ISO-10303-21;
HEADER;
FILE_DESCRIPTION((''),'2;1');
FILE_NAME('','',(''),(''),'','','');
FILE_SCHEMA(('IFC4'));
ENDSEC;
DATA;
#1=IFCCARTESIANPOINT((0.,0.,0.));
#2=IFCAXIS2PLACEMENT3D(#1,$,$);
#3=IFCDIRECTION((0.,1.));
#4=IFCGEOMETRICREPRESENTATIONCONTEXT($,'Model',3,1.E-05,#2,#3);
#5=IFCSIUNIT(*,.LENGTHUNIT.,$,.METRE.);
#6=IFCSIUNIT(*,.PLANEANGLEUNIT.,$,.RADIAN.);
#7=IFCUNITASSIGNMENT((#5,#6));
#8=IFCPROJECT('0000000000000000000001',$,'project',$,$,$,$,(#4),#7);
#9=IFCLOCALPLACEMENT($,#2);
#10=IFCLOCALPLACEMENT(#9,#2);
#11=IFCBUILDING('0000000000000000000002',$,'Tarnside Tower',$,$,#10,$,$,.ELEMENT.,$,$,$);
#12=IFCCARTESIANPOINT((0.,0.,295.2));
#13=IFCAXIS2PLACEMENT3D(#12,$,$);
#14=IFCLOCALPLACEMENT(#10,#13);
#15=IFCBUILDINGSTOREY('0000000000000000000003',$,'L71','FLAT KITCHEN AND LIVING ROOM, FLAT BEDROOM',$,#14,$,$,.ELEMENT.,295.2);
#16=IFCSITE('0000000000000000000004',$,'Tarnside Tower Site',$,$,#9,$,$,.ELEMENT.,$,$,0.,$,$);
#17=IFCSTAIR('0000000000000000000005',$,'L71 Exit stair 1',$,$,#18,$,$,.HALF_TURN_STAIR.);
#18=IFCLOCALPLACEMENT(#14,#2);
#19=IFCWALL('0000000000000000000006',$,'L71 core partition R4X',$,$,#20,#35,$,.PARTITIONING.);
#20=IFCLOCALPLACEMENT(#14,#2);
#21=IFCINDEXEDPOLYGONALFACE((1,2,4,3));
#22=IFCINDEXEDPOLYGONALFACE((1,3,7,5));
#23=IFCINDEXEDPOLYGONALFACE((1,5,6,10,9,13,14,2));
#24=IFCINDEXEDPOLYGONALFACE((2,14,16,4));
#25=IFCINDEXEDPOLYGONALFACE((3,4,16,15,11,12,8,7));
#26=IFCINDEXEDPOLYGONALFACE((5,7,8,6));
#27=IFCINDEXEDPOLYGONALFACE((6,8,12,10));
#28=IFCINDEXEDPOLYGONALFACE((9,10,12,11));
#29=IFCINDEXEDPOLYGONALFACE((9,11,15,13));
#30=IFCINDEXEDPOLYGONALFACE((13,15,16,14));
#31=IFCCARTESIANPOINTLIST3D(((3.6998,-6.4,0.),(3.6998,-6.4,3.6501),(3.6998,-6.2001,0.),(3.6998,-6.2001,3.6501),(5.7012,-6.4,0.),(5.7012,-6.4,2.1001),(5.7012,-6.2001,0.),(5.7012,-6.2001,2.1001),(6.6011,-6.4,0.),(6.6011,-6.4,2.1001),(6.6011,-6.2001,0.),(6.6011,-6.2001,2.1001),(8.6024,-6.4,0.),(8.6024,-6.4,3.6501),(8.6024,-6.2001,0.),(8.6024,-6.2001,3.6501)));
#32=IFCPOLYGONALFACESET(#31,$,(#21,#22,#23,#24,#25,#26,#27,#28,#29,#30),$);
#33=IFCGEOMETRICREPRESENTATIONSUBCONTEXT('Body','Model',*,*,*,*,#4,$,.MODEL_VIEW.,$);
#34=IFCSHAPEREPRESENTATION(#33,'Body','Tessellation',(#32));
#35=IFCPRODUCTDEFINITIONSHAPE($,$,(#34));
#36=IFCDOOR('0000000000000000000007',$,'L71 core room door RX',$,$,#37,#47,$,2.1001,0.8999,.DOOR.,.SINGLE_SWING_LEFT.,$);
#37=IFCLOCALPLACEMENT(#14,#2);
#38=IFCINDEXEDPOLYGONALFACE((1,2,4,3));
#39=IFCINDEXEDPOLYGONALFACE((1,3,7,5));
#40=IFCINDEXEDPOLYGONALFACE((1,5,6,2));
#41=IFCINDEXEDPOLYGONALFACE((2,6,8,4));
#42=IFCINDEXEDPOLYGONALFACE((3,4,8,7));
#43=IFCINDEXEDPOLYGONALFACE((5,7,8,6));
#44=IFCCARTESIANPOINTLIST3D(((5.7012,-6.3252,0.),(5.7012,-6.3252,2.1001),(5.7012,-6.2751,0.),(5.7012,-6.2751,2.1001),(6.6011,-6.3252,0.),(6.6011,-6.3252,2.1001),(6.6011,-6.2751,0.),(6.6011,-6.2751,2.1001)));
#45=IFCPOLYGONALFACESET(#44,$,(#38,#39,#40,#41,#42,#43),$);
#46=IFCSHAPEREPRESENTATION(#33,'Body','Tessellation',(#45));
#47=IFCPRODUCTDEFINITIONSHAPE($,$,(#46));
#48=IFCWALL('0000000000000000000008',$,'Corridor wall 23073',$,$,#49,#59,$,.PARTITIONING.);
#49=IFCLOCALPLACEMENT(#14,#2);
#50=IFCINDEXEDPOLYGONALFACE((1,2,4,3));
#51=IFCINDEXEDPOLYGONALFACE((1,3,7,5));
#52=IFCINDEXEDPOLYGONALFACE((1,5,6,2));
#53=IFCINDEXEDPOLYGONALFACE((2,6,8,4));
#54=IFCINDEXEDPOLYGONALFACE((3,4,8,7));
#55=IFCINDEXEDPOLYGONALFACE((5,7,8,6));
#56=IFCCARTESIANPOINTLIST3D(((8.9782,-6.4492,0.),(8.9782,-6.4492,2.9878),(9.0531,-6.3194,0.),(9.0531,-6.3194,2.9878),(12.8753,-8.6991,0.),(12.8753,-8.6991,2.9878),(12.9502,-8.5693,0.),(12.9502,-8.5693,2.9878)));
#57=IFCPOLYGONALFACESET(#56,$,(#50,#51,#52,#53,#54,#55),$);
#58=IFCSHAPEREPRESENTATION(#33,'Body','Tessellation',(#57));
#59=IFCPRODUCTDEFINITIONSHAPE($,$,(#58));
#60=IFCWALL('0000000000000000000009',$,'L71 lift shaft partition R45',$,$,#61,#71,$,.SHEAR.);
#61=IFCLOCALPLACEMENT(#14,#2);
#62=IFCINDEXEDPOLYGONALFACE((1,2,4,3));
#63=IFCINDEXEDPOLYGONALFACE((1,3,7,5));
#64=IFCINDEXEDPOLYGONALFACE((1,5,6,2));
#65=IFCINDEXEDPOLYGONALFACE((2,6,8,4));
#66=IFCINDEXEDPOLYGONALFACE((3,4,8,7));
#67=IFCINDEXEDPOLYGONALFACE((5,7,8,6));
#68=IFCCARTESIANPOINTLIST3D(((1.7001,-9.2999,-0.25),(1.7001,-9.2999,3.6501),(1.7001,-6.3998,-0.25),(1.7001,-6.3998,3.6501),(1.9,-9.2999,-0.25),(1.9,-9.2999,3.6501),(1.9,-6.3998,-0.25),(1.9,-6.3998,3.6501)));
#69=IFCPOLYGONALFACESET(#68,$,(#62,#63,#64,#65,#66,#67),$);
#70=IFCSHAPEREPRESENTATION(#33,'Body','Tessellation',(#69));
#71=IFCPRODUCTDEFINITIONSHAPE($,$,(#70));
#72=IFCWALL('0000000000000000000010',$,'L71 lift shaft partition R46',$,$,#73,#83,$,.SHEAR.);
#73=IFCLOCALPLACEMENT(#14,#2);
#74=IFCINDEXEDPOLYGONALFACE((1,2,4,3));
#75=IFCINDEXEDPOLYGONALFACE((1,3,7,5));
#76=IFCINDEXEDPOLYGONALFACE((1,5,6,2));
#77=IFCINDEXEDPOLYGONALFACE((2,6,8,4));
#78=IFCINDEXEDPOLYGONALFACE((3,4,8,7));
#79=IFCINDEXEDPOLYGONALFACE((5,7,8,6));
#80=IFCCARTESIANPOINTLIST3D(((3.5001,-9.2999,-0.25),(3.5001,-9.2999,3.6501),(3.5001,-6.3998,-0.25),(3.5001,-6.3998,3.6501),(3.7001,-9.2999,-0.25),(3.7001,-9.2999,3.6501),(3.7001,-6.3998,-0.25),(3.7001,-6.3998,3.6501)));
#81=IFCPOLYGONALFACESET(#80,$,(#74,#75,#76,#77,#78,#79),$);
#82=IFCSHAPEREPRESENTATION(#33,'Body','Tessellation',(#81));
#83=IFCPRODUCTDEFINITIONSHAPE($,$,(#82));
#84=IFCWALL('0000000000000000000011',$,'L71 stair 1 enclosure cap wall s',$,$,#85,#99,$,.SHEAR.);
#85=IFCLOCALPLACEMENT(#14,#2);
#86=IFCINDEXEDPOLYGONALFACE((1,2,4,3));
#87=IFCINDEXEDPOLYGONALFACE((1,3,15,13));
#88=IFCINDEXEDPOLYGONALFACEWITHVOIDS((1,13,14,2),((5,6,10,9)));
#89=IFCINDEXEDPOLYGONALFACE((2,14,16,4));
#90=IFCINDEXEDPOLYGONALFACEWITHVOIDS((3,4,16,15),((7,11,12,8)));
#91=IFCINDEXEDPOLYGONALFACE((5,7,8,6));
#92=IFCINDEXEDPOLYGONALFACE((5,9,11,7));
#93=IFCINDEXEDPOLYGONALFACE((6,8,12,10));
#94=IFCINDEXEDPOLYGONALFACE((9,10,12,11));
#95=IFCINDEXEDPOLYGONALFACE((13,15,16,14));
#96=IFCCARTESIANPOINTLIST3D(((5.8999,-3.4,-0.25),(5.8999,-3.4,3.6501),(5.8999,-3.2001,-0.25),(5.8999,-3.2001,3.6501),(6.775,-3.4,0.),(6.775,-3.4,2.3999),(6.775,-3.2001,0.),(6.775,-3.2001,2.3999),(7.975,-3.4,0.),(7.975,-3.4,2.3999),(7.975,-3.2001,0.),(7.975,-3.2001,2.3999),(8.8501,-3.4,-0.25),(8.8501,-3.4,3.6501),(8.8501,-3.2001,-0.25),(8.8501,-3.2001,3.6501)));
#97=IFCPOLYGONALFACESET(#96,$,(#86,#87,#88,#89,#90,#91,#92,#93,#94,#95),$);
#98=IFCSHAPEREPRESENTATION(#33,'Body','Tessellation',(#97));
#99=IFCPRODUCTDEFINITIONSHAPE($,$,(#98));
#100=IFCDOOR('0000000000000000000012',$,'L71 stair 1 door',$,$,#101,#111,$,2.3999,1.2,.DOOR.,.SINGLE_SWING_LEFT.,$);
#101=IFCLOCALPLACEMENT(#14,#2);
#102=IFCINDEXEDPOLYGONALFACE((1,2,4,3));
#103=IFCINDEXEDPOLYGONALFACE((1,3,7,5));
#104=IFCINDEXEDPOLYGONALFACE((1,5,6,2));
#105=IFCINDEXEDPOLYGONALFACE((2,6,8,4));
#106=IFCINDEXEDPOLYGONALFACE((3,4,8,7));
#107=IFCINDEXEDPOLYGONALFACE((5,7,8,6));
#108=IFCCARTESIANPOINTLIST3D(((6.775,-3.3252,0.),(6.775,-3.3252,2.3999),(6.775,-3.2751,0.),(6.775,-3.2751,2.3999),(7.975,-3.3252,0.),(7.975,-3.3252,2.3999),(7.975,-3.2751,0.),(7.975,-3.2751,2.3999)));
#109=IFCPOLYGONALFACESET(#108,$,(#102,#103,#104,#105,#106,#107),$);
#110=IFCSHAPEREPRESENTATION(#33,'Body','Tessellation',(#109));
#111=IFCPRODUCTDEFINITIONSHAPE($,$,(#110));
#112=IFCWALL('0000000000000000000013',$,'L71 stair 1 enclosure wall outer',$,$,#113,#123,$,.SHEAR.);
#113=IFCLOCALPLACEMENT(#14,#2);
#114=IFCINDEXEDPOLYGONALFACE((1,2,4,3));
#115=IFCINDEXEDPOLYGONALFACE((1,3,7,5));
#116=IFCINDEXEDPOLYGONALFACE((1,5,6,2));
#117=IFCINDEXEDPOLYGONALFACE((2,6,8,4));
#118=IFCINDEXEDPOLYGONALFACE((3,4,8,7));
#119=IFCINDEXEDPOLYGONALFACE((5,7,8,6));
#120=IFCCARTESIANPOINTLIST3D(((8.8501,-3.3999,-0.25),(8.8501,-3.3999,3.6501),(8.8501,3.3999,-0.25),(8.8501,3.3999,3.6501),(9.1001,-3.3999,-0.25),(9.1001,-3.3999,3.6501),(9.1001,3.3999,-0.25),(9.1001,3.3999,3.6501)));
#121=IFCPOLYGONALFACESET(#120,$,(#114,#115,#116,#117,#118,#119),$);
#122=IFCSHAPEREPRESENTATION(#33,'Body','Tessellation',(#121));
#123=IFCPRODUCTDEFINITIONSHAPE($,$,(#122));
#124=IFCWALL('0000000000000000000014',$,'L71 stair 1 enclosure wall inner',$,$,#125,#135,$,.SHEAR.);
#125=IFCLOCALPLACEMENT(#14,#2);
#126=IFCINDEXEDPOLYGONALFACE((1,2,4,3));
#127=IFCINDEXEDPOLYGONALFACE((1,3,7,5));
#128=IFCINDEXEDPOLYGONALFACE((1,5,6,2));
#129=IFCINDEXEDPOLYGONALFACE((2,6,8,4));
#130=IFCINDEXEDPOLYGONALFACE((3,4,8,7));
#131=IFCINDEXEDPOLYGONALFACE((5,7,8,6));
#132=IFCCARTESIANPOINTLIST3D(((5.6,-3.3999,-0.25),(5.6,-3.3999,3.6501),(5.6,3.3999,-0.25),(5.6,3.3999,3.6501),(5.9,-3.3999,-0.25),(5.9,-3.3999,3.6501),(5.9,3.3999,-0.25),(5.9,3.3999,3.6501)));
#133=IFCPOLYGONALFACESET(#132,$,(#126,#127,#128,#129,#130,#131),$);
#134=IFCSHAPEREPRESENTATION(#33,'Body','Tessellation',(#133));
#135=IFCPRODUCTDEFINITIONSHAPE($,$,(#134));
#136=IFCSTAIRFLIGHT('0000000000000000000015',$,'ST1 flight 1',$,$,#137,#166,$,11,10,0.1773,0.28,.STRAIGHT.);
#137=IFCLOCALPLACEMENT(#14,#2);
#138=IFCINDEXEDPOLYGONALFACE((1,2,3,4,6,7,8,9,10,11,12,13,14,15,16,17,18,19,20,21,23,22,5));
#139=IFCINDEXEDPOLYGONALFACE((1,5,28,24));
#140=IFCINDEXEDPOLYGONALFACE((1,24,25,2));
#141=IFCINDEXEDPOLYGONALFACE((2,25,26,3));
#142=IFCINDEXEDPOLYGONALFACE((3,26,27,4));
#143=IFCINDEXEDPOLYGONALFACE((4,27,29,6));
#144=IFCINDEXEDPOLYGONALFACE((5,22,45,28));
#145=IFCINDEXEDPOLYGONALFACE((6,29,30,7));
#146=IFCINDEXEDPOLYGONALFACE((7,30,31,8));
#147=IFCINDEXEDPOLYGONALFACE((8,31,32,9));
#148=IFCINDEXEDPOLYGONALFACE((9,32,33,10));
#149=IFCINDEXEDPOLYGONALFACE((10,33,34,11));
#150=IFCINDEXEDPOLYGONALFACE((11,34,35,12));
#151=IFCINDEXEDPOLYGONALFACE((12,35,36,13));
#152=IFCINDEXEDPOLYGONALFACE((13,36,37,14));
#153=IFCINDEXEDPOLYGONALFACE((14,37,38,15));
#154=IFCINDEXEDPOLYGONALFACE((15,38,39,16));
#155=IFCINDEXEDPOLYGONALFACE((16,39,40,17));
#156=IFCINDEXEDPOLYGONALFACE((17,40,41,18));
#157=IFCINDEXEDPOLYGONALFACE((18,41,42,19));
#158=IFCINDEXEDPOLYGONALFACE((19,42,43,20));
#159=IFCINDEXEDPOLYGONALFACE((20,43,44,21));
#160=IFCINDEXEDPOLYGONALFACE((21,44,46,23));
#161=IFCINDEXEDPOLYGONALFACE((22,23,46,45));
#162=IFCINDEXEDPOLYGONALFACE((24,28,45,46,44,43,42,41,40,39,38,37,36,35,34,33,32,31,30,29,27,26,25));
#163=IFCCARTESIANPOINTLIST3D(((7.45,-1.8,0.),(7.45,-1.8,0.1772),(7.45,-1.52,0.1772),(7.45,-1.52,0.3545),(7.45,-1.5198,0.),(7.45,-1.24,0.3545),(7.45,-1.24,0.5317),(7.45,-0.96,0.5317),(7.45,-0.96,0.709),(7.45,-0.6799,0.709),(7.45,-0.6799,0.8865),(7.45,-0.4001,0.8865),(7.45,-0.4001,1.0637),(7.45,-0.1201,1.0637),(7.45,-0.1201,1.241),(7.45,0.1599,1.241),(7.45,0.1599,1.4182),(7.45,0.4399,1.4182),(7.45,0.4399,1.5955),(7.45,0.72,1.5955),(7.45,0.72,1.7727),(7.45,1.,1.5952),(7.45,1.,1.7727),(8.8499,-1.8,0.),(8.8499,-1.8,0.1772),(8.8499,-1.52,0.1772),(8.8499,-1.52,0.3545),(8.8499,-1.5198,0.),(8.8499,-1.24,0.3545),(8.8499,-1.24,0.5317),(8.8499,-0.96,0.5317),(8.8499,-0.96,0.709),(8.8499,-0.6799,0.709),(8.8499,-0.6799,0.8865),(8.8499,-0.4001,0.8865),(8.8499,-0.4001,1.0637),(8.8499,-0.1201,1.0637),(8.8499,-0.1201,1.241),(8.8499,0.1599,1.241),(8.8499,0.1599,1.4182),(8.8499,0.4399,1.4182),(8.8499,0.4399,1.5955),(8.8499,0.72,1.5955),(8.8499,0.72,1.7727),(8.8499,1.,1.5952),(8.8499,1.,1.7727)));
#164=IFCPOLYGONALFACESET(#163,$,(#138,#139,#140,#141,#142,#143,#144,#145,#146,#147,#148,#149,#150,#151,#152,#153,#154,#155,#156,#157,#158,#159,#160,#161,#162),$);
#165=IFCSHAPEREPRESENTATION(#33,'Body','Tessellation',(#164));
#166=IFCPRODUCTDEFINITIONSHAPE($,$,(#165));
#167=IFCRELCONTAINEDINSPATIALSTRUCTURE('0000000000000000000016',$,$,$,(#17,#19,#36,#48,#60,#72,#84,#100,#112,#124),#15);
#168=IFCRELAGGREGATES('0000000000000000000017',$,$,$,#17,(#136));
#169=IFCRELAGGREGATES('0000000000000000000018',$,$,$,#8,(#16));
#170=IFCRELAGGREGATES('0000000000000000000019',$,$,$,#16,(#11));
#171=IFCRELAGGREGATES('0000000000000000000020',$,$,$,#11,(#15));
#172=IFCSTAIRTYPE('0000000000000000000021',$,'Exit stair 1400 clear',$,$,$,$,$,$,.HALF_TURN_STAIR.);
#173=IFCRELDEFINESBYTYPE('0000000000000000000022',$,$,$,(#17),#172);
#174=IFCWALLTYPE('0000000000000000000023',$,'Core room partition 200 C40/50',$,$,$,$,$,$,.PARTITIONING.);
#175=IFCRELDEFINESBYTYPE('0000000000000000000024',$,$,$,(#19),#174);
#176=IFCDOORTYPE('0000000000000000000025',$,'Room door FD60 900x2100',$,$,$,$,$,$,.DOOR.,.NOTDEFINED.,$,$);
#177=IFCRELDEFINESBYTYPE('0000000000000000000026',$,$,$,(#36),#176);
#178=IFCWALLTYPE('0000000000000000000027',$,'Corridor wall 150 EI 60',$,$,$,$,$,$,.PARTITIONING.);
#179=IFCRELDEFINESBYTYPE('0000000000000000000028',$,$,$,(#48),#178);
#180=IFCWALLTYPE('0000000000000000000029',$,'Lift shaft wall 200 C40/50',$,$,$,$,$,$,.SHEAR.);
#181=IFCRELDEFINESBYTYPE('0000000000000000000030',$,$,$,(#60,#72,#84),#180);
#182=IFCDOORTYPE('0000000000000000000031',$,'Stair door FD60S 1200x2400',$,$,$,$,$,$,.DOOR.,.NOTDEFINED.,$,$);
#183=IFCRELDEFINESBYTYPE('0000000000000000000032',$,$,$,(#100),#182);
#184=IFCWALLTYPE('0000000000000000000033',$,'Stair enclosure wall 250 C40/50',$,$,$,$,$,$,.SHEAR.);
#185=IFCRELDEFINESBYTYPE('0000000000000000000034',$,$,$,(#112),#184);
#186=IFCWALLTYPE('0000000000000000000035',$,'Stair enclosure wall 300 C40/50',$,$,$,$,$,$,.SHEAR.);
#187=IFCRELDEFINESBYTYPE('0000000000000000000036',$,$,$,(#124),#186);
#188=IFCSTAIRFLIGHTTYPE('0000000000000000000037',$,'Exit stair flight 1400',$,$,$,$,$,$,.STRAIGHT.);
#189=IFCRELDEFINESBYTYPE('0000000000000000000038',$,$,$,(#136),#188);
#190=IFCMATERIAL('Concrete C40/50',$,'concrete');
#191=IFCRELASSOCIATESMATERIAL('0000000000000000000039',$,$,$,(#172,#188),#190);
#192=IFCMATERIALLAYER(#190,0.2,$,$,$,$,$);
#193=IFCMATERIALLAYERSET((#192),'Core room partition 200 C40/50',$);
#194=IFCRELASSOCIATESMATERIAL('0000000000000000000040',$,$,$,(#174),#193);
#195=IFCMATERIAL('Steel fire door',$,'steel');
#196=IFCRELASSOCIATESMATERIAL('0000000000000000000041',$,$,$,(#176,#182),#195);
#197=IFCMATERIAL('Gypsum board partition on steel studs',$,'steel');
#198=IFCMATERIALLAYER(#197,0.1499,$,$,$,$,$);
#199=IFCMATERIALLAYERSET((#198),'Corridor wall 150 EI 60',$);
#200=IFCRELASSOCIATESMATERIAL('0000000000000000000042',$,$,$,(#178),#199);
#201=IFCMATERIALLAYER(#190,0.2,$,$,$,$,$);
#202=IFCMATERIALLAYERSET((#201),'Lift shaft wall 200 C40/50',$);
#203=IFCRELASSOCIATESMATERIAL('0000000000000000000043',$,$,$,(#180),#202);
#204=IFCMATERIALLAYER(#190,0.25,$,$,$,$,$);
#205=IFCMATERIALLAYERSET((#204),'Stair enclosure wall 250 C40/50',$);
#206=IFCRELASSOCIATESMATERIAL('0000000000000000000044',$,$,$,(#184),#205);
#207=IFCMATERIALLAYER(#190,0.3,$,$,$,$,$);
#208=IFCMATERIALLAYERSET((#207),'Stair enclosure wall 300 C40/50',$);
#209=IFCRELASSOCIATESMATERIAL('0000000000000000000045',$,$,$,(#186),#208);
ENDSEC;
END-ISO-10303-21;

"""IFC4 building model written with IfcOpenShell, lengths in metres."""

from ifc_helpers import new_model, si_unit, direction, frame, frame_2d, origin, place, context, subcontext, project, spatial, polyline, rectangle, outline, extrude, material, layer, layer_set, type_object, element, fill, aggregate, save


model = new_model("IFC4")

# Units and contexts
model_context = context("Model", 3, precision=1e-05, world=origin(), true_north=direction((0.0, 1.0)))
body_context = subcontext(model_context, "Body", "Model", "MODEL_VIEW")
ifc_project = project(units=[si_unit("LENGTHUNIT", "METRE"), si_unit("PLANEANGLEUNIT", "RADIAN")], contexts=[model_context])

# Site, building, storey
site_placement = place(None, origin())
site = spatial("IfcSite", under=ifc_project, at=site_placement, Name="Tarnside Tower Site", CompositionType="ELEMENT", RefElevation=0.0)
building_placement = place(site_placement, origin())
building = spatial("IfcBuilding", under=site, at=building_placement, Name="Tarnside Tower", CompositionType="ELEMENT")
storey_placement = place(building_placement, frame((0.0, 0.0, 295.2)))
storey = spatial("IfcBuildingStorey", under=building, at=storey_placement, Name="L71", Description="FLAT KITCHEN AND LIVING ROOM, FLAT BEDROOM", CompositionType="ELEMENT", Elevation=295.2)

# Stair
ifc_material_1 = material(Name="Concrete C40/50", Category="concrete")
stair_type = type_object("IfcStairType", Name="Exit stair 1400 clear", PredefinedType="HALF_TURN_STAIR", material=ifc_material_1)
stair_placement = place(storey_placement, origin())
stair = element("IfcStair", 1, at=stair_placement, inside=storey, type_object=stair_type, Name="L71 Exit stair 1", PredefinedType="HALF_TURN_STAIR")

# Shared definitions
ifc_layer_1 = layer(ifc_material_1, 0.2)
ifc_layer_set_1 = layer_set([ifc_layer_1], Name="Core room partition 200 C40/50")
wall_type_1 = type_object("IfcWallType", Name="Core room partition 200 C40/50", PredefinedType="PARTITIONING", material=ifc_layer_set_1)
ifc_material_2 = material(Name="Steel fire door", Category="steel")
door_type_1 = type_object("IfcDoorType", Name="Room door FD60 900x2100", OperationType="NOTDEFINED", PredefinedType="DOOR", material=ifc_material_2)

# Wall, opening, door
wall_1_placement = place(storey_placement, frame((3.7, -6.3, 0.0), z_axis=(0.0, 0.0, 1.0), x_axis=(1.0, 0.0, 0.0)))
wall_1 = element("IfcWall", 2, at=wall_1_placement, inside=storey, type_object=wall_type_1, Name="L71 core partition R4X", PredefinedType="PARTITIONING", context=body_context, shape_type="SweptSolid", body=[
    extrude(rectangle(XDim=4.9026, YDim=0.2, at=frame_2d((2.4512, 0.0))), origin(), (0.0, 0.0, 1.0), 3.6501),
])
opening_1_placement = place(wall_1_placement, frame((2.0012, 0.0, 0.0)))
opening_1 = element("IfcOpeningElement", 3, at=opening_1_placement, cuts=wall_1, PredefinedType="OPENING", context=body_context, shape_type="SweptSolid", body=[
    extrude(rectangle(XDim=0.8999, YDim=2.1001, at=frame_2d((0.45, 1.05))), frame((0.0, 0.1099, 0.0), z_axis=(0.0, -1.0, 0.0), x_axis=(1.0, 0.0, 0.0)), (0.0, 0.0, 1.0), 0.22),
])
door_1_placement = place(opening_1_placement, origin())
door_1 = element("IfcDoor", 4, at=door_1_placement, inside=storey, type_object=door_type_1, Name="L71 core room door RX", OperationType="SINGLE_SWING_LEFT", OverallHeight=2.1001, OverallWidth=0.8999, PredefinedType="DOOR", context=body_context, shape_type="SweptSolid", body=[
    extrude(rectangle(XDim=0.8999, YDim=2.1001, at=frame_2d((0.45, 1.05))), frame((0.0, 0.0249, 0.0), z_axis=(0.0, -1.0, 0.0), x_axis=(1.0, 0.0, 0.0)), (0.0, 0.0, 1.0), 0.05),
])
fill(opening_1, door_1)

# Walls
ifc_material_3 = material(Name="Gypsum board partition on steel studs", Category="steel")
ifc_layer_2 = layer(ifc_material_3, 0.1499)
ifc_layer_set_2 = layer_set([ifc_layer_2], Name="Corridor wall 150 EI 60")
wall_type_2 = type_object("IfcWallType", Name="Corridor wall 150 EI 60", PredefinedType="PARTITIONING", material=ifc_layer_set_2)
wall_2_placement = place(storey_placement, frame((9.0156, -6.3843, 0.0), z_axis=(0.0, 0.0, 1.0), x_axis=(0.866031, -0.49999, 0.0)))
element("IfcWall", 5, at=wall_2_placement, inside=storey, type_object=wall_type_2, Name="Corridor wall 23073", PredefinedType="PARTITIONING", context=body_context, shape_type="SweptSolid", body=[
    extrude(rectangle(XDim=4.5, YDim=0.1499, at=frame_2d((2.25, 0.0))), origin(), (0.0, 0.0, 1.0), 2.9878),
])
ifc_layer_3 = layer(ifc_material_1, 0.2)
ifc_layer_set_3 = layer_set([ifc_layer_3], Name="Lift shaft wall 200 C40/50")
wall_type_3 = type_object("IfcWallType", Name="Lift shaft wall 200 C40/50", PredefinedType="SHEAR", material=ifc_layer_set_3)
for number, where, z_axis, x_axis, name in (
    (6, (1.8, -9.3, -0.25), (0.0, 0.0, 1.0), (0.0, 1.0, 0.0), "L71 lift shaft partition R45"),
    (7, (3.6001, -9.3, -0.25), (0.0, 0.0, 1.0), (0.0, 1.0, 0.0), "L71 lift shaft partition R46"),
):
    element("IfcWall", number, at=place(storey_placement, frame(where, z_axis=z_axis, x_axis=x_axis)), inside=storey, type_object=wall_type_3, Name=name, PredefinedType="SHEAR", context=body_context, shape_type="SweptSolid", body=[
        extrude(rectangle(XDim=2.9001, YDim=0.2, at=frame_2d((1.4502, 0.0))), origin(), (0.0, 0.0, 1.0), 3.9001),
    ])

# Wall, opening, door
wall_3_placement = place(storey_placement, frame((5.8999, -3.3, -0.25), z_axis=(0.0, 0.0, 1.0), x_axis=(1.0, 0.0, 0.0)))
wall_3 = element("IfcWall", 8, at=wall_3_placement, inside=storey, type_object=wall_type_3, Name="L71 stair 1 enclosure cap wall s", PredefinedType="SHEAR", context=body_context, shape_type="SweptSolid", body=[
    extrude(rectangle(XDim=2.9502, YDim=0.2, at=frame_2d((1.4751, 0.0))), origin(), (0.0, 0.0, 1.0), 3.9001),
])
opening_2_placement = place(wall_3_placement, frame((0.875, 0.0, 0.25)))
opening_2 = element("IfcOpeningElement", 9, at=opening_2_placement, cuts=wall_3, PredefinedType="OPENING", context=body_context, shape_type="SweptSolid", body=[
    extrude(rectangle(XDim=1.2, YDim=2.3999, at=frame_2d((0.6001, 1.2))), frame((0.0, 0.1099, 0.0), z_axis=(0.0, -1.0, 0.0), x_axis=(1.0, 0.0, 0.0)), (0.0, 0.0, 1.0), 0.22),
])
door_type_2 = type_object("IfcDoorType", Name="Stair door FD60S 1200x2400", OperationType="NOTDEFINED", PredefinedType="DOOR", material=ifc_material_2)
door_2_placement = place(opening_2_placement, origin())
door_2 = element("IfcDoor", 10, at=door_2_placement, inside=storey, type_object=door_type_2, Name="L71 stair 1 door", OperationType="SINGLE_SWING_LEFT", OverallHeight=2.3999, OverallWidth=1.2, PredefinedType="DOOR", context=body_context, shape_type="SweptSolid", body=[
    extrude(rectangle(XDim=1.2, YDim=2.3999, at=frame_2d((0.6001, 1.2))), frame((0.0, 0.0249, 0.0), z_axis=(0.0, -1.0, 0.0), x_axis=(1.0, 0.0, 0.0)), (0.0, 0.0, 1.0), 0.05),
])
fill(opening_2, door_2)

# Walls
ifc_layer_4 = layer(ifc_material_1, 0.25)
ifc_layer_set_4 = layer_set([ifc_layer_4], Name="Stair enclosure wall 250 C40/50")
wall_type_4 = type_object("IfcWallType", Name="Stair enclosure wall 250 C40/50", PredefinedType="SHEAR", material=ifc_layer_set_4)
wall_4_placement = place(storey_placement, frame((8.9751, -3.3999, -0.25), z_axis=(0.0, 0.0, 1.0), x_axis=(0.0, 1.0, 0.0)))
element("IfcWall", 11, at=wall_4_placement, inside=storey, type_object=wall_type_4, Name="L71 stair 1 enclosure wall outer", PredefinedType="SHEAR", context=body_context, shape_type="SweptSolid", body=[
    extrude(rectangle(XDim=6.7998, YDim=0.25, at=frame_2d((3.3999, 0.0))), origin(), (0.0, 0.0, 1.0), 3.9001),
])
ifc_layer_5 = layer(ifc_material_1, 0.3)
ifc_layer_set_5 = layer_set([ifc_layer_5], Name="Stair enclosure wall 300 C40/50")
wall_type_5 = type_object("IfcWallType", Name="Stair enclosure wall 300 C40/50", PredefinedType="SHEAR", material=ifc_layer_set_5)
wall_5_placement = place(storey_placement, frame((5.75, -3.3999, -0.25), z_axis=(0.0, 0.0, 1.0), x_axis=(0.0, 1.0, 0.0)))
element("IfcWall", 12, at=wall_5_placement, inside=storey, type_object=wall_type_5, Name="L71 stair 1 enclosure wall inner", PredefinedType="SHEAR", context=body_context, shape_type="SweptSolid", body=[
    extrude(rectangle(XDim=6.7998, YDim=0.3, at=frame_2d((3.3999, 0.0))), origin(), (0.0, 0.0, 1.0), 3.9001),
])

# Stair flight
stair_flight_type = type_object("IfcStairFlightType", Name="Exit stair flight 1400", PredefinedType="STRAIGHT", material=ifc_material_1)
stair_flight_placement = place(storey_placement, frame((8.1499, -1.8, 0.0), z_axis=(0.0, 0.0, 1.0), x_axis=(0.0, 1.0, 0.0)))
stair_flight = element("IfcStairFlight", 13, at=stair_flight_placement, type_object=stair_flight_type, Name="ST1 flight 1", NumberOfRisers=11, NumberOfTreads=10, PredefinedType="STRAIGHT", RiserHeight=0.1773, TreadLength=0.28, context=body_context, shape_type="SweptSolid", body=[
    extrude(outline(polyline([(0.0, 0.0), (0.0, 0.1772), (0.28, 0.1772), (0.28, 0.3545), (0.5601, 0.3545), (0.5601, 0.5317), (0.8401, 0.5317), (0.8401, 0.709), (1.1201, 0.709), (1.1201, 0.8865), (1.3999, 0.8865), (1.3999, 1.0637), (1.6799, 1.0637), (1.6799, 1.241), (1.96, 1.241), (1.96, 1.4182), (2.24, 1.4182), (2.24, 1.5955), (2.52, 1.5955), (2.52, 1.7727), (2.8, 1.7727), (2.8, 1.95), (2.8, 1.5952), (0.2803, 0.0), (0.0, 0.0)])), frame((0.0, 0.7, 0.0), z_axis=(0.0, -1.0, 0.0), x_axis=(1.0, 0.0, 0.0)), (0.0, 0.0, 1.0), 1.3999),
])
aggregate(stair, [stair_flight])

save(model, "model.ifc")
